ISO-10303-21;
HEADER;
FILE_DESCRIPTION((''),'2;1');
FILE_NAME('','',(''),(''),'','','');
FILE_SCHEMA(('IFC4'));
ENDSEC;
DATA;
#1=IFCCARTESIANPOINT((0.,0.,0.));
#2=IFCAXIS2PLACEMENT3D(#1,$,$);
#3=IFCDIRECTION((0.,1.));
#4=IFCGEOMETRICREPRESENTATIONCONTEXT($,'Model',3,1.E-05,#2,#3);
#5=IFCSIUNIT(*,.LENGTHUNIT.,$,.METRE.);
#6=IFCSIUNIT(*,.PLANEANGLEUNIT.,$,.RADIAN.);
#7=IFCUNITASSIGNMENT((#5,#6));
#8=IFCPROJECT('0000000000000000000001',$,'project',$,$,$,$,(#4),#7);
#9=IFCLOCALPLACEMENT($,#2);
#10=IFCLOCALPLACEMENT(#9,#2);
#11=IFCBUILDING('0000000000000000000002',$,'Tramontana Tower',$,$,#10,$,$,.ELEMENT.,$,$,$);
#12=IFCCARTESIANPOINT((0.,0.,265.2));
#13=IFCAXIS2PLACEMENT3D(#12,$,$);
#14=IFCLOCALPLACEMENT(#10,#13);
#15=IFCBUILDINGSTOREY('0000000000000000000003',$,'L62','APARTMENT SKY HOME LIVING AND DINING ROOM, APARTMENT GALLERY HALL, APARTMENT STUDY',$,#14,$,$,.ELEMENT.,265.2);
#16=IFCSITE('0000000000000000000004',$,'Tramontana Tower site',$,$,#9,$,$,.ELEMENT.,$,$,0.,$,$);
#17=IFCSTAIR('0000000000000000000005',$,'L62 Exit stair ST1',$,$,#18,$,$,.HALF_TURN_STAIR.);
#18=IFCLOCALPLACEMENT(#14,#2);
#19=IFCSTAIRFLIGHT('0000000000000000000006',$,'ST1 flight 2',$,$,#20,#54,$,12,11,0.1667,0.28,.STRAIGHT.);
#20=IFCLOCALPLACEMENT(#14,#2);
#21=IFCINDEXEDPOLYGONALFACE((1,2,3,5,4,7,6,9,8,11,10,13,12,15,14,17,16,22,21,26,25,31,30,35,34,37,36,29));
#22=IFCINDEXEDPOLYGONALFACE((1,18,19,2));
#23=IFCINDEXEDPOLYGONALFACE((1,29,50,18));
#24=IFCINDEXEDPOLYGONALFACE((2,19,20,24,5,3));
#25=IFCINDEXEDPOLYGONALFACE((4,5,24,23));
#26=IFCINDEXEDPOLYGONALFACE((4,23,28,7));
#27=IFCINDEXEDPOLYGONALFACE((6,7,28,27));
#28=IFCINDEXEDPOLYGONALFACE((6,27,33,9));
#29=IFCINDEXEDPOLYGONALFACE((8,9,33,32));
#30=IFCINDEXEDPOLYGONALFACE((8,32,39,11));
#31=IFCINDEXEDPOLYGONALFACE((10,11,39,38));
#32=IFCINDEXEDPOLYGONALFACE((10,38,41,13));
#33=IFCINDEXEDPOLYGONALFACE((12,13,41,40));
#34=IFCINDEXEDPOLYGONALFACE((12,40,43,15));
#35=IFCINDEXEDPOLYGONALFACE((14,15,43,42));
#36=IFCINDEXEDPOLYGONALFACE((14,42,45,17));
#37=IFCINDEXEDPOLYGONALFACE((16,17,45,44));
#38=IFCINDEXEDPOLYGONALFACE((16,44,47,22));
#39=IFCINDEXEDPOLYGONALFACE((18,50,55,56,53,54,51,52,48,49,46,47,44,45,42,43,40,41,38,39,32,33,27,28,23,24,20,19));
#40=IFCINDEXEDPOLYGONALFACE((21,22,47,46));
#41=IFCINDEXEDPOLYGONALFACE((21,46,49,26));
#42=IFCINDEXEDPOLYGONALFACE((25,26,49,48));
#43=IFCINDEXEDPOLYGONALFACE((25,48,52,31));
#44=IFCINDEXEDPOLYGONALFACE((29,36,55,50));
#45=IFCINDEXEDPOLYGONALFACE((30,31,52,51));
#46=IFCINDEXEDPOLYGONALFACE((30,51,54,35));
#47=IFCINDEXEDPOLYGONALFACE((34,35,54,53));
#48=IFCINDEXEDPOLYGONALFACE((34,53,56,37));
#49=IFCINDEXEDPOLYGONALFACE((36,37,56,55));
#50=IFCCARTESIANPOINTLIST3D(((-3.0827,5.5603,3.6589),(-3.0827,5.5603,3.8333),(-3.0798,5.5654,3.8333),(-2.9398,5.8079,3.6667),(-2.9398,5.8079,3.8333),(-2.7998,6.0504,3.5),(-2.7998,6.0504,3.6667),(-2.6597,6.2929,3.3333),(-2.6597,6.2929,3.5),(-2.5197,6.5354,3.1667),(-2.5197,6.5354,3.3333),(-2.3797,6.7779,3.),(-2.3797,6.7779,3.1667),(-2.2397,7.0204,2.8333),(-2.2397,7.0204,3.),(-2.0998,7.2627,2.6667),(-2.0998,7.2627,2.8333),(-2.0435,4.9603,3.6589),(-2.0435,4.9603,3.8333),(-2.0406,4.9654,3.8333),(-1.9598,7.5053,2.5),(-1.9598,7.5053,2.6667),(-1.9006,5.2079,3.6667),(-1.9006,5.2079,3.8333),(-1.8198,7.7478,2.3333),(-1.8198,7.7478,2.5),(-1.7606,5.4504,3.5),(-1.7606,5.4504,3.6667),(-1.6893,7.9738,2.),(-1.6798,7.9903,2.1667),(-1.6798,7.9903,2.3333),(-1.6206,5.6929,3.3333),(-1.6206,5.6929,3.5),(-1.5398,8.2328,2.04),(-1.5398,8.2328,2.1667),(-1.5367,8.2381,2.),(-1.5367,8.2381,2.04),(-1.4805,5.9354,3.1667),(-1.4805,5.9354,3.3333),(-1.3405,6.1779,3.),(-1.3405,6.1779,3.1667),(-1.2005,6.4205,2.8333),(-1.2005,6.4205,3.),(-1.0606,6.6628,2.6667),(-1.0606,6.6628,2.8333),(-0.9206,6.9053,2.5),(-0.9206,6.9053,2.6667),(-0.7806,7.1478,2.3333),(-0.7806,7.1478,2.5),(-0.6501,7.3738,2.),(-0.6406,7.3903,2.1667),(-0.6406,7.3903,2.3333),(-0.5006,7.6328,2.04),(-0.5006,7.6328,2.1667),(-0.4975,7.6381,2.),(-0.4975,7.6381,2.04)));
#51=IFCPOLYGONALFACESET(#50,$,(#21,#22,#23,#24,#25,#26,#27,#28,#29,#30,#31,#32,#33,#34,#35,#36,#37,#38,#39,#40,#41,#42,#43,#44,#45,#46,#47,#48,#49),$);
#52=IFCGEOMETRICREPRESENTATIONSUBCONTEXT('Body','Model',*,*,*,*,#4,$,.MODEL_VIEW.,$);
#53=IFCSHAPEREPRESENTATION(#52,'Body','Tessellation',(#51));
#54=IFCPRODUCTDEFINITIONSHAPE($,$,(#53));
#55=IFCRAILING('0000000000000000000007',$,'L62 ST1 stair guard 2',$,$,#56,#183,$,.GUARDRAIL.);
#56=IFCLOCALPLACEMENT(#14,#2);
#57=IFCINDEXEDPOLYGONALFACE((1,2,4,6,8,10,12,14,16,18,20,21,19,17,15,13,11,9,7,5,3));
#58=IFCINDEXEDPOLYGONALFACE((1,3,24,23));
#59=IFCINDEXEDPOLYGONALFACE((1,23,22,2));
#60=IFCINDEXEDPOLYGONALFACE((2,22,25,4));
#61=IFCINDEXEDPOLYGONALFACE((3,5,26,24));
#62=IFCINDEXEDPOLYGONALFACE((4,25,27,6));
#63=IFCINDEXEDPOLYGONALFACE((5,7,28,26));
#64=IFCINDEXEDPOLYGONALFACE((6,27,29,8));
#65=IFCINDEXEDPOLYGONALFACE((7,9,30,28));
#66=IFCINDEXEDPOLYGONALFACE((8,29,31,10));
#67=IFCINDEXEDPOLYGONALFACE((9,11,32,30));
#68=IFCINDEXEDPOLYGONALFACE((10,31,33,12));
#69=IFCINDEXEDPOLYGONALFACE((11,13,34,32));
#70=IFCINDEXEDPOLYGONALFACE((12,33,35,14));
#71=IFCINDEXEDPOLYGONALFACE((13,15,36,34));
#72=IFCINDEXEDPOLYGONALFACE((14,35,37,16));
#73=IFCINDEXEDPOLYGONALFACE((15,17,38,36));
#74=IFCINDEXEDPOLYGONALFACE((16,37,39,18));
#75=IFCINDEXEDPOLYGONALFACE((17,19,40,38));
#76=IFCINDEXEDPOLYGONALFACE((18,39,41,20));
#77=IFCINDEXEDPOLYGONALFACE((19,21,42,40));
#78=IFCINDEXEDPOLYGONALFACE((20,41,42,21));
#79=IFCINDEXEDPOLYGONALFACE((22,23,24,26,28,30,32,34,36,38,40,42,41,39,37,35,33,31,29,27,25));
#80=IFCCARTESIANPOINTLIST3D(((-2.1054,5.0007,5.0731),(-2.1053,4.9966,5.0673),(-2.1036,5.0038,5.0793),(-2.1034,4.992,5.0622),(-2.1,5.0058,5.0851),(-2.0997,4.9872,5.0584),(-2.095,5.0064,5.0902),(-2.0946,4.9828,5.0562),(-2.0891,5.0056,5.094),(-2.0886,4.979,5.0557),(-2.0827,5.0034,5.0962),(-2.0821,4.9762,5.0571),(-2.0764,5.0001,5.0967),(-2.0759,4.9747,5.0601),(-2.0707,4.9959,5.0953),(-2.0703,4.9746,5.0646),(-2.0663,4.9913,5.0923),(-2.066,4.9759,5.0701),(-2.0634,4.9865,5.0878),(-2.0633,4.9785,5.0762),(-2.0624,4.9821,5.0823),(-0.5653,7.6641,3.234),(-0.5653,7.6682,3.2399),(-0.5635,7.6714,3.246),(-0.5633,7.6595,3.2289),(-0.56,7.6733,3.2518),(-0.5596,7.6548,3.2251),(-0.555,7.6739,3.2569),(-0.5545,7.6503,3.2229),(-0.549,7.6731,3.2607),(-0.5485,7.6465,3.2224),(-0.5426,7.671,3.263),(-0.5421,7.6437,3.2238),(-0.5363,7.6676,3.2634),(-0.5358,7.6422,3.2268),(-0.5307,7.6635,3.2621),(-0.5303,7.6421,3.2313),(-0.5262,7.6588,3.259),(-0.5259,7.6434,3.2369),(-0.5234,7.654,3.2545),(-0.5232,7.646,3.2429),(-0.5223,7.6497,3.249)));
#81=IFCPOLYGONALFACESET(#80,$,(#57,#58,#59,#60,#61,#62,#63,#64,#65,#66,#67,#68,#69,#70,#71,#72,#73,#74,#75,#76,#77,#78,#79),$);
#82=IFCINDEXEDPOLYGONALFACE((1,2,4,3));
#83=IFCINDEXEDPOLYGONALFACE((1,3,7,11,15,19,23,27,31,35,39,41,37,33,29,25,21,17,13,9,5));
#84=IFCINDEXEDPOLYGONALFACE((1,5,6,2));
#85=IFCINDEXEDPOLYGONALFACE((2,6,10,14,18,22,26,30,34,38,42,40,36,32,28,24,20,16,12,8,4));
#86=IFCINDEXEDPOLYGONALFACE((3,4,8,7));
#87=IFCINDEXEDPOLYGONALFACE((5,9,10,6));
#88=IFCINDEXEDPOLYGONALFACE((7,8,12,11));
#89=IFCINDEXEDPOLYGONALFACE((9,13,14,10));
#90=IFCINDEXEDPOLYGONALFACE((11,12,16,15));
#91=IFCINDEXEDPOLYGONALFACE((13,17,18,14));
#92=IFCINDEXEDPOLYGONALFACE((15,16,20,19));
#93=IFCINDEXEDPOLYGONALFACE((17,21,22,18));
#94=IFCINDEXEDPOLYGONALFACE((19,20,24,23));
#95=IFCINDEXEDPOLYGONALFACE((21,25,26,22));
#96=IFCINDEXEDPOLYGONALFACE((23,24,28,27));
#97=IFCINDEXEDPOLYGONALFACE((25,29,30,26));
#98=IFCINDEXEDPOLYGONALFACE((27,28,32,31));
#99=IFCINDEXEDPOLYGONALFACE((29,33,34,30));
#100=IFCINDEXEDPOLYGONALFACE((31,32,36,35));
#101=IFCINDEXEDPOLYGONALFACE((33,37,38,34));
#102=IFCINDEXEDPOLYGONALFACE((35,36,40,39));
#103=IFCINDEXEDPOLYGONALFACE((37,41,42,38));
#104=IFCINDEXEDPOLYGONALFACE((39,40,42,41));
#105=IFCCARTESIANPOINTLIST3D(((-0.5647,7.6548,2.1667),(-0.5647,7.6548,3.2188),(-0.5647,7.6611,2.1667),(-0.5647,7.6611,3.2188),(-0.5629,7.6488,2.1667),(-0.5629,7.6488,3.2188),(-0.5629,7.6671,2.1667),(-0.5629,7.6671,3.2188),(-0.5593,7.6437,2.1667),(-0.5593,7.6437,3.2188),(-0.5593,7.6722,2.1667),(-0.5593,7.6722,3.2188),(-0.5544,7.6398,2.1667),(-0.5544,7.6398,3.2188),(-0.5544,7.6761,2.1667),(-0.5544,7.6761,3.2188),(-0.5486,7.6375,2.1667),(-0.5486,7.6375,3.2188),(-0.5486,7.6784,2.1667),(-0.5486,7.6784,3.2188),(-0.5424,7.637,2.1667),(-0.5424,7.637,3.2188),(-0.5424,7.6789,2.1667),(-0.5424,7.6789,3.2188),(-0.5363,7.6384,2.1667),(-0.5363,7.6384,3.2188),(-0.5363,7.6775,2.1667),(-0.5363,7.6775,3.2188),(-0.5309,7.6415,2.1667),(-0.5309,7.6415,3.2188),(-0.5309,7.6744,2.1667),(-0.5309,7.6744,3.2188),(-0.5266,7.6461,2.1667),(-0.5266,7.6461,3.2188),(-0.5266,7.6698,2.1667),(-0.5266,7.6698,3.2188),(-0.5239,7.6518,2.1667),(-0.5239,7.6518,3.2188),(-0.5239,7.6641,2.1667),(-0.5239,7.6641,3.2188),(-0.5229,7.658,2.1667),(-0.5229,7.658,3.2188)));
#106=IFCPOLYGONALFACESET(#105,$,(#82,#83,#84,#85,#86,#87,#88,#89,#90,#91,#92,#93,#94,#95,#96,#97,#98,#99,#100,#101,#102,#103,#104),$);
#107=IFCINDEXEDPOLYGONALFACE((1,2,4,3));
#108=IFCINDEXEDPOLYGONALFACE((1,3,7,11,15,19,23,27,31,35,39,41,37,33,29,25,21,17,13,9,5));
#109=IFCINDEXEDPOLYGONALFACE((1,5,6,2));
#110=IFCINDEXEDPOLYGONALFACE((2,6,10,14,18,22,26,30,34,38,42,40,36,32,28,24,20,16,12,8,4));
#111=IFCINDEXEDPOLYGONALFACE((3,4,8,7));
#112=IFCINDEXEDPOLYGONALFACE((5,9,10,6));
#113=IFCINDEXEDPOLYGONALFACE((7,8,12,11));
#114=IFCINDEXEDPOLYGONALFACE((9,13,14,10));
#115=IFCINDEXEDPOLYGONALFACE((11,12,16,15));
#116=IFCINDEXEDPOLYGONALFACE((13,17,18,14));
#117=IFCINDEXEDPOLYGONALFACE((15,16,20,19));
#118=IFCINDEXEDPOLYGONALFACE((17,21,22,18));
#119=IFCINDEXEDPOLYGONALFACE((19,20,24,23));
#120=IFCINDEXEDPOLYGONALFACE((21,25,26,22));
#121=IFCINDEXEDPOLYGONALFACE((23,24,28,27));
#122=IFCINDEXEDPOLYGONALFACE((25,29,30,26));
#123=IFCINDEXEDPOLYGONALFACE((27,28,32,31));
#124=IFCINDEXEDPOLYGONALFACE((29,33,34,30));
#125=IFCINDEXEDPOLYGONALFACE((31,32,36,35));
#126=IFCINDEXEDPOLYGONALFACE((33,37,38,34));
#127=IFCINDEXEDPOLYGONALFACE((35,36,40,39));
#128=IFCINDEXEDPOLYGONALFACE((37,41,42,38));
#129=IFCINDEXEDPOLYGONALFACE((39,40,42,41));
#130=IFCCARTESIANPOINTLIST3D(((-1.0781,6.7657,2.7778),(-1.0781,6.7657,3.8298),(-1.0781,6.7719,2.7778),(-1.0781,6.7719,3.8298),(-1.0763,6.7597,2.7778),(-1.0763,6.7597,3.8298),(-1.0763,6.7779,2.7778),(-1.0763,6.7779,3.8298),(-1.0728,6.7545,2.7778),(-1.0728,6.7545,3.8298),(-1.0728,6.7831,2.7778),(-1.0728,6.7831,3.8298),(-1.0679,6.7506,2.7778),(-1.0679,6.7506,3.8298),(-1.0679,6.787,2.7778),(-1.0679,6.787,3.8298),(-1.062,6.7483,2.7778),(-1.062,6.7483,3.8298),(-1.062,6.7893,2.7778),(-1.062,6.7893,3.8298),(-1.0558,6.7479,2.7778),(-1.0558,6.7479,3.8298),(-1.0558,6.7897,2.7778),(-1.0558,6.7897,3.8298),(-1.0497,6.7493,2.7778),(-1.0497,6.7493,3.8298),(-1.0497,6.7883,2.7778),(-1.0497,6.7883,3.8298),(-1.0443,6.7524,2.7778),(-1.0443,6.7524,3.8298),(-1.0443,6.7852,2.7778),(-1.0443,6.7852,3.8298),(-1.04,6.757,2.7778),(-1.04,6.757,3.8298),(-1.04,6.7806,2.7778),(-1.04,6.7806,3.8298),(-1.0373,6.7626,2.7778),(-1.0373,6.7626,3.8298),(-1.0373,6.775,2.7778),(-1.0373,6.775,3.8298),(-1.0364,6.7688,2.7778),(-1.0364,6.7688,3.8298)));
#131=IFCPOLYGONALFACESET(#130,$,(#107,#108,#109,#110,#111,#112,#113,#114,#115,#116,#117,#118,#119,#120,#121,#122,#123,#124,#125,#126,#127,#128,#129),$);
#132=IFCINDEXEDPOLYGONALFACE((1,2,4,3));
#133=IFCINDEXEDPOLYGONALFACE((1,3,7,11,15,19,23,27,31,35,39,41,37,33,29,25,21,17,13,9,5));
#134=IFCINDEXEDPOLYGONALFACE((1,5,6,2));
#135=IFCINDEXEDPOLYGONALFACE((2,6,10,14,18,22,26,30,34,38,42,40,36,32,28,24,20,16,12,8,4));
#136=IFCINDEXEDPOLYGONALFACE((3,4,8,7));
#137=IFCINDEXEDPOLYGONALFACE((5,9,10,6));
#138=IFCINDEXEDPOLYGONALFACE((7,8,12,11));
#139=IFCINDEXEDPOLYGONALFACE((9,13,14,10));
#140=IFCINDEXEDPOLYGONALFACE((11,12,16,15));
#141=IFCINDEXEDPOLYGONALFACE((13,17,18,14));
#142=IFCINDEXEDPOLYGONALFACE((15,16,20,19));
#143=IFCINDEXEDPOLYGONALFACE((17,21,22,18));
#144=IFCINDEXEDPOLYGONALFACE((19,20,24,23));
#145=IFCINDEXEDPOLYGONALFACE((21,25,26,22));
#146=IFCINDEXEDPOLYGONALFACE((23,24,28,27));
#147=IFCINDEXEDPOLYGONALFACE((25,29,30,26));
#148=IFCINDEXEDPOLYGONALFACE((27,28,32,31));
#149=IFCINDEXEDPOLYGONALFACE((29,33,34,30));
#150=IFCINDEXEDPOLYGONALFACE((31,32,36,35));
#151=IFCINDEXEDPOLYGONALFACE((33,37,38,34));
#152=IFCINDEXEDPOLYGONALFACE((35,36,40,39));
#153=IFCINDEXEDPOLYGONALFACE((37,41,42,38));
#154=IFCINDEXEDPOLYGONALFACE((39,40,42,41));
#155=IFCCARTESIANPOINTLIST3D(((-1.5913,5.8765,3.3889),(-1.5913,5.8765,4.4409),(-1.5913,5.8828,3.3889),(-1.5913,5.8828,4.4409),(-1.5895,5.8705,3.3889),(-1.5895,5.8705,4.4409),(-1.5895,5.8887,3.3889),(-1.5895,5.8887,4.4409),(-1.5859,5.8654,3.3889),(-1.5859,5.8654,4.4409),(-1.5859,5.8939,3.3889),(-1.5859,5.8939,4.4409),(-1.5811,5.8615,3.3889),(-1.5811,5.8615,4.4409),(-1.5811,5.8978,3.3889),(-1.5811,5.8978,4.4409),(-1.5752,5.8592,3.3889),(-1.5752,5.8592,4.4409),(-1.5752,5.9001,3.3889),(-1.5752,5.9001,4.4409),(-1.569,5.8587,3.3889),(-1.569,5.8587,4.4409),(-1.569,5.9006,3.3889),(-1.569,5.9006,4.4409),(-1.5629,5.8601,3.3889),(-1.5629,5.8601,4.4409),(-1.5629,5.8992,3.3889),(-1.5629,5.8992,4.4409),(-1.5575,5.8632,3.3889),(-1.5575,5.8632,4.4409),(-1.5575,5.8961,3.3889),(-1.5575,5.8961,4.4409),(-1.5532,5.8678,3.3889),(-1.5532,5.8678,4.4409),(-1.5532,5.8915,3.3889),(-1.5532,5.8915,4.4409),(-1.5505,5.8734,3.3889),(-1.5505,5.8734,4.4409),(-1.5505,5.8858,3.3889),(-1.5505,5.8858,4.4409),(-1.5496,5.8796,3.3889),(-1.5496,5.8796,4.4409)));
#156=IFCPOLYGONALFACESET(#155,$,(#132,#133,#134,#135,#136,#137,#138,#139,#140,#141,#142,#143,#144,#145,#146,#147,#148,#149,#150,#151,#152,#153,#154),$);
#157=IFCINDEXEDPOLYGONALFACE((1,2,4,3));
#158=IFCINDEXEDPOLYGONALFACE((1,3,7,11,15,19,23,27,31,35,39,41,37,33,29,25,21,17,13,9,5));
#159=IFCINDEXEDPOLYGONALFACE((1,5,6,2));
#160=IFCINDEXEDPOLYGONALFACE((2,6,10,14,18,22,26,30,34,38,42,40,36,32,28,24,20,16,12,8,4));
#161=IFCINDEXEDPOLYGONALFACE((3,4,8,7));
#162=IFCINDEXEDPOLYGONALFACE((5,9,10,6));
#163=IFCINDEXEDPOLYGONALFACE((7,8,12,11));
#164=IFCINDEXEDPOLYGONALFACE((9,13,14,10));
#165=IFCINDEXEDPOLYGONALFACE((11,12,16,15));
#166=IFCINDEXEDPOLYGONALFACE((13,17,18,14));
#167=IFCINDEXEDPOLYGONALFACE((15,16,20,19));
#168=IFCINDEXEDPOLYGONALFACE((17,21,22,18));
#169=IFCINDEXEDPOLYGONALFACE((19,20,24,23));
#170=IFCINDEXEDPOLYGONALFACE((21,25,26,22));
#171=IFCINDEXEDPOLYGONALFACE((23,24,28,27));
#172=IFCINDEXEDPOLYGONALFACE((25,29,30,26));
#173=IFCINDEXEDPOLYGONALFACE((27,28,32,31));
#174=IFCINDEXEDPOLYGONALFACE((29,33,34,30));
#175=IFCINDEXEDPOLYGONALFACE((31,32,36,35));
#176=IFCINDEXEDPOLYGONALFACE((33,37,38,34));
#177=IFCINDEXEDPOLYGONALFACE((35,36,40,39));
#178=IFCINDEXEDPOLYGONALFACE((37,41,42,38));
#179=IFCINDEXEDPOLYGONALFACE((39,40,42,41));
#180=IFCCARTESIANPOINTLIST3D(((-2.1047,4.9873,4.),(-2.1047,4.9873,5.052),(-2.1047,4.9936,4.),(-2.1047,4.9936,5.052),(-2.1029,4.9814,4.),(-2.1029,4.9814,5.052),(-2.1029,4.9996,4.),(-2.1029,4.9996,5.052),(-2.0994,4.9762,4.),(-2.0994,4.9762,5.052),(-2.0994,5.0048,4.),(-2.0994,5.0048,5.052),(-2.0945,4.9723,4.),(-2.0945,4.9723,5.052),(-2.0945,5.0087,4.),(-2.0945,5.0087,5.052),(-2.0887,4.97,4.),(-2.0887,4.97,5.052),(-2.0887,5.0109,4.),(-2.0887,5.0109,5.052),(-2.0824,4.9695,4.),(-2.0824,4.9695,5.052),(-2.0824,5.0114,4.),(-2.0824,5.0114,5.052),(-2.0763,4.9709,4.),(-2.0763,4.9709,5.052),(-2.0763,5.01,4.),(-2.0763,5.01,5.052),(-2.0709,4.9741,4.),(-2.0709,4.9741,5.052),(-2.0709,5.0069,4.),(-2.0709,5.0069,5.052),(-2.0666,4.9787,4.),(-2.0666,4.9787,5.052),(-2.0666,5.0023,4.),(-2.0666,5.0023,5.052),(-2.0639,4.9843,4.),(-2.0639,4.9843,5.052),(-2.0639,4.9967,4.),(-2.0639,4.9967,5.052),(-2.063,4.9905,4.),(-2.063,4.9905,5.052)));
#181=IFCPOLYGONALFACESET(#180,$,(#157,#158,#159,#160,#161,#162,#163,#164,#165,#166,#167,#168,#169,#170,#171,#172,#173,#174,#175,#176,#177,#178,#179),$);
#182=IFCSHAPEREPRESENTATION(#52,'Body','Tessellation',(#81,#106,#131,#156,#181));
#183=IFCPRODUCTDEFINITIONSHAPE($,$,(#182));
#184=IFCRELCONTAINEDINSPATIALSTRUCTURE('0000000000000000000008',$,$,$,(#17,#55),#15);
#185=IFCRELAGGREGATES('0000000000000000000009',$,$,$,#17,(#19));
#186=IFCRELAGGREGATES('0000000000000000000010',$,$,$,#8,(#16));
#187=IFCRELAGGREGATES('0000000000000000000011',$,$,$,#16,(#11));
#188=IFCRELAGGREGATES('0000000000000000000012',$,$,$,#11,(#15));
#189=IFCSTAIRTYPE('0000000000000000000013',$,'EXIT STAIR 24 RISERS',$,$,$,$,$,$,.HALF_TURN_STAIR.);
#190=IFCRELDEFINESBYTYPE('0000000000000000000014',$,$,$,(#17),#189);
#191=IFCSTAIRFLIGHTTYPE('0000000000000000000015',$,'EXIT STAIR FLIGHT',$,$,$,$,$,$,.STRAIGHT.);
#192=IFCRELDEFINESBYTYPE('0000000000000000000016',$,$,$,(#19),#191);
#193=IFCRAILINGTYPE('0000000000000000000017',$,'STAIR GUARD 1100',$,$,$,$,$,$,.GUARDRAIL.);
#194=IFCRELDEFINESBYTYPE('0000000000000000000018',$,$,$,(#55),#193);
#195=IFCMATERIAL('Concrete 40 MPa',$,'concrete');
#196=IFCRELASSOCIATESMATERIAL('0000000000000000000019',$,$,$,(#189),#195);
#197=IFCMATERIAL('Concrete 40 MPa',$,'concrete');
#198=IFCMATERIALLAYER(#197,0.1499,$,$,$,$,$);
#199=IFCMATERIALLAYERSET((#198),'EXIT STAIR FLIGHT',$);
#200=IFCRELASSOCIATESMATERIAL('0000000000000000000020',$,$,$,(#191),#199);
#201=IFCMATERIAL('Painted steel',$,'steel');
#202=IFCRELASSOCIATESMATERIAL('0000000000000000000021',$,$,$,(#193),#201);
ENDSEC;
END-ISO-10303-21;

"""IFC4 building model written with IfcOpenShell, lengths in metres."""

from ifc_helpers import new_model, si_unit, direction, frame, origin, origin_2d, place, context, subcontext, project, spatial, polyline, circle, outline, extrude, material, layer, layer_set, type_object, element, aggregate, save


model = new_model("IFC4")

# Units and contexts
model_context = context("Model", 3, precision=1e-05, world=origin(), true_north=direction((0.0, 1.0)))
body_context = subcontext(model_context, "Body", "Model", "MODEL_VIEW")
ifc_project = project(units=[si_unit("LENGTHUNIT", "METRE"), si_unit("PLANEANGLEUNIT", "RADIAN")], contexts=[model_context])

# Site, building, storey
site_placement = place(None, origin())
site = spatial("IfcSite", under=ifc_project, at=site_placement, Name="Tramontana Tower site", CompositionType="ELEMENT", RefElevation=0.0)
building_placement = place(site_placement, origin())
building = spatial("IfcBuilding", under=site, at=building_placement, Name="Tramontana Tower", CompositionType="ELEMENT")
storey_placement = place(building_placement, frame((0.0, 0.0, 265.2)))
storey = spatial("IfcBuildingStorey", under=building, at=storey_placement, Name="L62", Description="APARTMENT SKY HOME LIVING AND DINING ROOM, APARTMENT GALLERY HALL, APARTMENT STUDY", CompositionType="ELEMENT", Elevation=265.2)

# Stair, stair flight
ifc_material_1 = material(Name="Concrete 40 MPa", Category="concrete")
stair_type = type_object("IfcStairType", Name="EXIT STAIR 24 RISERS", PredefinedType="HALF_TURN_STAIR", material=ifc_material_1)
stair_placement = place(storey_placement, origin())
stair = element("IfcStair", 1, at=stair_placement, inside=storey, type_object=stair_type, Name="L62 Exit stair ST1", PredefinedType="HALF_TURN_STAIR")
ifc_material_2 = material(Name="Concrete 40 MPa", Category="concrete")
ifc_layer_1 = layer(ifc_material_2, 0.1499)
ifc_layer_set_1 = layer_set([ifc_layer_1], Name="EXIT STAIR FLIGHT")
stair_flight_type = type_object("IfcStairFlightType", Name="EXIT STAIR FLIGHT", PredefinedType="STRAIGHT", material=ifc_layer_set_1)
stair_flight_placement = place(storey_placement, frame((-1.0203, 7.9329, 2.0), z_axis=(0.0, 0.0, 1.0), x_axis=(-0.5, -0.866025, 0.0)))
stair_flight = element("IfcStairFlight", 2, at=stair_flight_placement, type_object=stair_flight_type, Name="ST1 flight 2", NumberOfRisers=12, NumberOfTreads=11, PredefinedType="STRAIGHT", RiserHeight=0.1667, TreadLength=0.28, context=body_context, shape_type="SweptSolid", body=[
    extrude(outline(polyline([(-0.0061, 0.0), (-0.0061, 0.04), (0.0, 0.04), (0.0, 0.1667), (0.28, 0.1667), (0.28, 0.3333), (0.5601, 0.3333), (0.5601, 0.5), (0.8401, 0.5), (0.8401, 0.6667), (1.1201, 0.6667), (1.1201, 0.8333), (1.3999, 0.8333), (1.3999, 1.0), (1.6799, 1.0), (1.6799, 1.1667), (1.96, 1.1667), (1.96, 1.3333), (2.24, 1.3333), (2.24, 1.5), (2.52, 1.5), (2.52, 1.6667), (2.8, 1.6667), (2.8, 1.8333), (3.0801, 1.8333), (3.0859, 1.8333), (3.0859, 1.6589), (0.2991, 0.0), (-0.0061, 0.0)])), frame((0.0, 0.6001, 0.0), z_axis=(0.0, -1.0, 0.0), x_axis=(1.0, 0.0, 0.0)), (0.0, 0.0, 1.0), 1.2),
])
aggregate(stair, [stair_flight])

# Railing
ifc_material_3 = material(Name="Painted steel", Category="steel")
railing_type_1 = type_object("IfcRailingType", Name="STAIR GUARD 1100", PredefinedType="GUARDRAIL", material=ifc_material_3)
railing_1_placement = place(storey_placement, frame((-0.5439, 7.658, 2.1667)))
element("IfcRailing", 3, at=railing_1_placement, inside=storey, type_object=railing_type_1, Name="L62 ST1 stair guard 2", PredefinedType="GUARDRAIL", context=body_context, shape_type="SweptSolid", body=[
    extrude(circle(Radius=0.0239, at=origin_2d()), frame((0.0, 0.0, 1.0762), z_axis=(-0.429649, -0.74419, 0.511452), x_axis=(0.86603, -0.499992, 0.0)), (0.0, 0.0, 1.0), 3.5845),
    extrude(circle(Radius=0.021, at=origin_2d()), origin(), (0.0, 0.0, 1.0), 1.052),
    extrude(circle(Radius=0.021, at=origin_2d()), frame((-0.5134, -0.8892, 0.6111)), (0.0, 0.0, 1.0), 1.052),
    extrude(circle(Radius=0.021, at=origin_2d()), frame((-1.0266, -1.7783, 1.2222)), (0.0, 0.0, 1.0), 1.052),
    extrude(circle(Radius=0.021, at=origin_2d()), frame((-1.54, -2.6675, 1.8333)), (0.0, 0.0, 1.0), 1.052),
])

save(model, "model.ifc")
